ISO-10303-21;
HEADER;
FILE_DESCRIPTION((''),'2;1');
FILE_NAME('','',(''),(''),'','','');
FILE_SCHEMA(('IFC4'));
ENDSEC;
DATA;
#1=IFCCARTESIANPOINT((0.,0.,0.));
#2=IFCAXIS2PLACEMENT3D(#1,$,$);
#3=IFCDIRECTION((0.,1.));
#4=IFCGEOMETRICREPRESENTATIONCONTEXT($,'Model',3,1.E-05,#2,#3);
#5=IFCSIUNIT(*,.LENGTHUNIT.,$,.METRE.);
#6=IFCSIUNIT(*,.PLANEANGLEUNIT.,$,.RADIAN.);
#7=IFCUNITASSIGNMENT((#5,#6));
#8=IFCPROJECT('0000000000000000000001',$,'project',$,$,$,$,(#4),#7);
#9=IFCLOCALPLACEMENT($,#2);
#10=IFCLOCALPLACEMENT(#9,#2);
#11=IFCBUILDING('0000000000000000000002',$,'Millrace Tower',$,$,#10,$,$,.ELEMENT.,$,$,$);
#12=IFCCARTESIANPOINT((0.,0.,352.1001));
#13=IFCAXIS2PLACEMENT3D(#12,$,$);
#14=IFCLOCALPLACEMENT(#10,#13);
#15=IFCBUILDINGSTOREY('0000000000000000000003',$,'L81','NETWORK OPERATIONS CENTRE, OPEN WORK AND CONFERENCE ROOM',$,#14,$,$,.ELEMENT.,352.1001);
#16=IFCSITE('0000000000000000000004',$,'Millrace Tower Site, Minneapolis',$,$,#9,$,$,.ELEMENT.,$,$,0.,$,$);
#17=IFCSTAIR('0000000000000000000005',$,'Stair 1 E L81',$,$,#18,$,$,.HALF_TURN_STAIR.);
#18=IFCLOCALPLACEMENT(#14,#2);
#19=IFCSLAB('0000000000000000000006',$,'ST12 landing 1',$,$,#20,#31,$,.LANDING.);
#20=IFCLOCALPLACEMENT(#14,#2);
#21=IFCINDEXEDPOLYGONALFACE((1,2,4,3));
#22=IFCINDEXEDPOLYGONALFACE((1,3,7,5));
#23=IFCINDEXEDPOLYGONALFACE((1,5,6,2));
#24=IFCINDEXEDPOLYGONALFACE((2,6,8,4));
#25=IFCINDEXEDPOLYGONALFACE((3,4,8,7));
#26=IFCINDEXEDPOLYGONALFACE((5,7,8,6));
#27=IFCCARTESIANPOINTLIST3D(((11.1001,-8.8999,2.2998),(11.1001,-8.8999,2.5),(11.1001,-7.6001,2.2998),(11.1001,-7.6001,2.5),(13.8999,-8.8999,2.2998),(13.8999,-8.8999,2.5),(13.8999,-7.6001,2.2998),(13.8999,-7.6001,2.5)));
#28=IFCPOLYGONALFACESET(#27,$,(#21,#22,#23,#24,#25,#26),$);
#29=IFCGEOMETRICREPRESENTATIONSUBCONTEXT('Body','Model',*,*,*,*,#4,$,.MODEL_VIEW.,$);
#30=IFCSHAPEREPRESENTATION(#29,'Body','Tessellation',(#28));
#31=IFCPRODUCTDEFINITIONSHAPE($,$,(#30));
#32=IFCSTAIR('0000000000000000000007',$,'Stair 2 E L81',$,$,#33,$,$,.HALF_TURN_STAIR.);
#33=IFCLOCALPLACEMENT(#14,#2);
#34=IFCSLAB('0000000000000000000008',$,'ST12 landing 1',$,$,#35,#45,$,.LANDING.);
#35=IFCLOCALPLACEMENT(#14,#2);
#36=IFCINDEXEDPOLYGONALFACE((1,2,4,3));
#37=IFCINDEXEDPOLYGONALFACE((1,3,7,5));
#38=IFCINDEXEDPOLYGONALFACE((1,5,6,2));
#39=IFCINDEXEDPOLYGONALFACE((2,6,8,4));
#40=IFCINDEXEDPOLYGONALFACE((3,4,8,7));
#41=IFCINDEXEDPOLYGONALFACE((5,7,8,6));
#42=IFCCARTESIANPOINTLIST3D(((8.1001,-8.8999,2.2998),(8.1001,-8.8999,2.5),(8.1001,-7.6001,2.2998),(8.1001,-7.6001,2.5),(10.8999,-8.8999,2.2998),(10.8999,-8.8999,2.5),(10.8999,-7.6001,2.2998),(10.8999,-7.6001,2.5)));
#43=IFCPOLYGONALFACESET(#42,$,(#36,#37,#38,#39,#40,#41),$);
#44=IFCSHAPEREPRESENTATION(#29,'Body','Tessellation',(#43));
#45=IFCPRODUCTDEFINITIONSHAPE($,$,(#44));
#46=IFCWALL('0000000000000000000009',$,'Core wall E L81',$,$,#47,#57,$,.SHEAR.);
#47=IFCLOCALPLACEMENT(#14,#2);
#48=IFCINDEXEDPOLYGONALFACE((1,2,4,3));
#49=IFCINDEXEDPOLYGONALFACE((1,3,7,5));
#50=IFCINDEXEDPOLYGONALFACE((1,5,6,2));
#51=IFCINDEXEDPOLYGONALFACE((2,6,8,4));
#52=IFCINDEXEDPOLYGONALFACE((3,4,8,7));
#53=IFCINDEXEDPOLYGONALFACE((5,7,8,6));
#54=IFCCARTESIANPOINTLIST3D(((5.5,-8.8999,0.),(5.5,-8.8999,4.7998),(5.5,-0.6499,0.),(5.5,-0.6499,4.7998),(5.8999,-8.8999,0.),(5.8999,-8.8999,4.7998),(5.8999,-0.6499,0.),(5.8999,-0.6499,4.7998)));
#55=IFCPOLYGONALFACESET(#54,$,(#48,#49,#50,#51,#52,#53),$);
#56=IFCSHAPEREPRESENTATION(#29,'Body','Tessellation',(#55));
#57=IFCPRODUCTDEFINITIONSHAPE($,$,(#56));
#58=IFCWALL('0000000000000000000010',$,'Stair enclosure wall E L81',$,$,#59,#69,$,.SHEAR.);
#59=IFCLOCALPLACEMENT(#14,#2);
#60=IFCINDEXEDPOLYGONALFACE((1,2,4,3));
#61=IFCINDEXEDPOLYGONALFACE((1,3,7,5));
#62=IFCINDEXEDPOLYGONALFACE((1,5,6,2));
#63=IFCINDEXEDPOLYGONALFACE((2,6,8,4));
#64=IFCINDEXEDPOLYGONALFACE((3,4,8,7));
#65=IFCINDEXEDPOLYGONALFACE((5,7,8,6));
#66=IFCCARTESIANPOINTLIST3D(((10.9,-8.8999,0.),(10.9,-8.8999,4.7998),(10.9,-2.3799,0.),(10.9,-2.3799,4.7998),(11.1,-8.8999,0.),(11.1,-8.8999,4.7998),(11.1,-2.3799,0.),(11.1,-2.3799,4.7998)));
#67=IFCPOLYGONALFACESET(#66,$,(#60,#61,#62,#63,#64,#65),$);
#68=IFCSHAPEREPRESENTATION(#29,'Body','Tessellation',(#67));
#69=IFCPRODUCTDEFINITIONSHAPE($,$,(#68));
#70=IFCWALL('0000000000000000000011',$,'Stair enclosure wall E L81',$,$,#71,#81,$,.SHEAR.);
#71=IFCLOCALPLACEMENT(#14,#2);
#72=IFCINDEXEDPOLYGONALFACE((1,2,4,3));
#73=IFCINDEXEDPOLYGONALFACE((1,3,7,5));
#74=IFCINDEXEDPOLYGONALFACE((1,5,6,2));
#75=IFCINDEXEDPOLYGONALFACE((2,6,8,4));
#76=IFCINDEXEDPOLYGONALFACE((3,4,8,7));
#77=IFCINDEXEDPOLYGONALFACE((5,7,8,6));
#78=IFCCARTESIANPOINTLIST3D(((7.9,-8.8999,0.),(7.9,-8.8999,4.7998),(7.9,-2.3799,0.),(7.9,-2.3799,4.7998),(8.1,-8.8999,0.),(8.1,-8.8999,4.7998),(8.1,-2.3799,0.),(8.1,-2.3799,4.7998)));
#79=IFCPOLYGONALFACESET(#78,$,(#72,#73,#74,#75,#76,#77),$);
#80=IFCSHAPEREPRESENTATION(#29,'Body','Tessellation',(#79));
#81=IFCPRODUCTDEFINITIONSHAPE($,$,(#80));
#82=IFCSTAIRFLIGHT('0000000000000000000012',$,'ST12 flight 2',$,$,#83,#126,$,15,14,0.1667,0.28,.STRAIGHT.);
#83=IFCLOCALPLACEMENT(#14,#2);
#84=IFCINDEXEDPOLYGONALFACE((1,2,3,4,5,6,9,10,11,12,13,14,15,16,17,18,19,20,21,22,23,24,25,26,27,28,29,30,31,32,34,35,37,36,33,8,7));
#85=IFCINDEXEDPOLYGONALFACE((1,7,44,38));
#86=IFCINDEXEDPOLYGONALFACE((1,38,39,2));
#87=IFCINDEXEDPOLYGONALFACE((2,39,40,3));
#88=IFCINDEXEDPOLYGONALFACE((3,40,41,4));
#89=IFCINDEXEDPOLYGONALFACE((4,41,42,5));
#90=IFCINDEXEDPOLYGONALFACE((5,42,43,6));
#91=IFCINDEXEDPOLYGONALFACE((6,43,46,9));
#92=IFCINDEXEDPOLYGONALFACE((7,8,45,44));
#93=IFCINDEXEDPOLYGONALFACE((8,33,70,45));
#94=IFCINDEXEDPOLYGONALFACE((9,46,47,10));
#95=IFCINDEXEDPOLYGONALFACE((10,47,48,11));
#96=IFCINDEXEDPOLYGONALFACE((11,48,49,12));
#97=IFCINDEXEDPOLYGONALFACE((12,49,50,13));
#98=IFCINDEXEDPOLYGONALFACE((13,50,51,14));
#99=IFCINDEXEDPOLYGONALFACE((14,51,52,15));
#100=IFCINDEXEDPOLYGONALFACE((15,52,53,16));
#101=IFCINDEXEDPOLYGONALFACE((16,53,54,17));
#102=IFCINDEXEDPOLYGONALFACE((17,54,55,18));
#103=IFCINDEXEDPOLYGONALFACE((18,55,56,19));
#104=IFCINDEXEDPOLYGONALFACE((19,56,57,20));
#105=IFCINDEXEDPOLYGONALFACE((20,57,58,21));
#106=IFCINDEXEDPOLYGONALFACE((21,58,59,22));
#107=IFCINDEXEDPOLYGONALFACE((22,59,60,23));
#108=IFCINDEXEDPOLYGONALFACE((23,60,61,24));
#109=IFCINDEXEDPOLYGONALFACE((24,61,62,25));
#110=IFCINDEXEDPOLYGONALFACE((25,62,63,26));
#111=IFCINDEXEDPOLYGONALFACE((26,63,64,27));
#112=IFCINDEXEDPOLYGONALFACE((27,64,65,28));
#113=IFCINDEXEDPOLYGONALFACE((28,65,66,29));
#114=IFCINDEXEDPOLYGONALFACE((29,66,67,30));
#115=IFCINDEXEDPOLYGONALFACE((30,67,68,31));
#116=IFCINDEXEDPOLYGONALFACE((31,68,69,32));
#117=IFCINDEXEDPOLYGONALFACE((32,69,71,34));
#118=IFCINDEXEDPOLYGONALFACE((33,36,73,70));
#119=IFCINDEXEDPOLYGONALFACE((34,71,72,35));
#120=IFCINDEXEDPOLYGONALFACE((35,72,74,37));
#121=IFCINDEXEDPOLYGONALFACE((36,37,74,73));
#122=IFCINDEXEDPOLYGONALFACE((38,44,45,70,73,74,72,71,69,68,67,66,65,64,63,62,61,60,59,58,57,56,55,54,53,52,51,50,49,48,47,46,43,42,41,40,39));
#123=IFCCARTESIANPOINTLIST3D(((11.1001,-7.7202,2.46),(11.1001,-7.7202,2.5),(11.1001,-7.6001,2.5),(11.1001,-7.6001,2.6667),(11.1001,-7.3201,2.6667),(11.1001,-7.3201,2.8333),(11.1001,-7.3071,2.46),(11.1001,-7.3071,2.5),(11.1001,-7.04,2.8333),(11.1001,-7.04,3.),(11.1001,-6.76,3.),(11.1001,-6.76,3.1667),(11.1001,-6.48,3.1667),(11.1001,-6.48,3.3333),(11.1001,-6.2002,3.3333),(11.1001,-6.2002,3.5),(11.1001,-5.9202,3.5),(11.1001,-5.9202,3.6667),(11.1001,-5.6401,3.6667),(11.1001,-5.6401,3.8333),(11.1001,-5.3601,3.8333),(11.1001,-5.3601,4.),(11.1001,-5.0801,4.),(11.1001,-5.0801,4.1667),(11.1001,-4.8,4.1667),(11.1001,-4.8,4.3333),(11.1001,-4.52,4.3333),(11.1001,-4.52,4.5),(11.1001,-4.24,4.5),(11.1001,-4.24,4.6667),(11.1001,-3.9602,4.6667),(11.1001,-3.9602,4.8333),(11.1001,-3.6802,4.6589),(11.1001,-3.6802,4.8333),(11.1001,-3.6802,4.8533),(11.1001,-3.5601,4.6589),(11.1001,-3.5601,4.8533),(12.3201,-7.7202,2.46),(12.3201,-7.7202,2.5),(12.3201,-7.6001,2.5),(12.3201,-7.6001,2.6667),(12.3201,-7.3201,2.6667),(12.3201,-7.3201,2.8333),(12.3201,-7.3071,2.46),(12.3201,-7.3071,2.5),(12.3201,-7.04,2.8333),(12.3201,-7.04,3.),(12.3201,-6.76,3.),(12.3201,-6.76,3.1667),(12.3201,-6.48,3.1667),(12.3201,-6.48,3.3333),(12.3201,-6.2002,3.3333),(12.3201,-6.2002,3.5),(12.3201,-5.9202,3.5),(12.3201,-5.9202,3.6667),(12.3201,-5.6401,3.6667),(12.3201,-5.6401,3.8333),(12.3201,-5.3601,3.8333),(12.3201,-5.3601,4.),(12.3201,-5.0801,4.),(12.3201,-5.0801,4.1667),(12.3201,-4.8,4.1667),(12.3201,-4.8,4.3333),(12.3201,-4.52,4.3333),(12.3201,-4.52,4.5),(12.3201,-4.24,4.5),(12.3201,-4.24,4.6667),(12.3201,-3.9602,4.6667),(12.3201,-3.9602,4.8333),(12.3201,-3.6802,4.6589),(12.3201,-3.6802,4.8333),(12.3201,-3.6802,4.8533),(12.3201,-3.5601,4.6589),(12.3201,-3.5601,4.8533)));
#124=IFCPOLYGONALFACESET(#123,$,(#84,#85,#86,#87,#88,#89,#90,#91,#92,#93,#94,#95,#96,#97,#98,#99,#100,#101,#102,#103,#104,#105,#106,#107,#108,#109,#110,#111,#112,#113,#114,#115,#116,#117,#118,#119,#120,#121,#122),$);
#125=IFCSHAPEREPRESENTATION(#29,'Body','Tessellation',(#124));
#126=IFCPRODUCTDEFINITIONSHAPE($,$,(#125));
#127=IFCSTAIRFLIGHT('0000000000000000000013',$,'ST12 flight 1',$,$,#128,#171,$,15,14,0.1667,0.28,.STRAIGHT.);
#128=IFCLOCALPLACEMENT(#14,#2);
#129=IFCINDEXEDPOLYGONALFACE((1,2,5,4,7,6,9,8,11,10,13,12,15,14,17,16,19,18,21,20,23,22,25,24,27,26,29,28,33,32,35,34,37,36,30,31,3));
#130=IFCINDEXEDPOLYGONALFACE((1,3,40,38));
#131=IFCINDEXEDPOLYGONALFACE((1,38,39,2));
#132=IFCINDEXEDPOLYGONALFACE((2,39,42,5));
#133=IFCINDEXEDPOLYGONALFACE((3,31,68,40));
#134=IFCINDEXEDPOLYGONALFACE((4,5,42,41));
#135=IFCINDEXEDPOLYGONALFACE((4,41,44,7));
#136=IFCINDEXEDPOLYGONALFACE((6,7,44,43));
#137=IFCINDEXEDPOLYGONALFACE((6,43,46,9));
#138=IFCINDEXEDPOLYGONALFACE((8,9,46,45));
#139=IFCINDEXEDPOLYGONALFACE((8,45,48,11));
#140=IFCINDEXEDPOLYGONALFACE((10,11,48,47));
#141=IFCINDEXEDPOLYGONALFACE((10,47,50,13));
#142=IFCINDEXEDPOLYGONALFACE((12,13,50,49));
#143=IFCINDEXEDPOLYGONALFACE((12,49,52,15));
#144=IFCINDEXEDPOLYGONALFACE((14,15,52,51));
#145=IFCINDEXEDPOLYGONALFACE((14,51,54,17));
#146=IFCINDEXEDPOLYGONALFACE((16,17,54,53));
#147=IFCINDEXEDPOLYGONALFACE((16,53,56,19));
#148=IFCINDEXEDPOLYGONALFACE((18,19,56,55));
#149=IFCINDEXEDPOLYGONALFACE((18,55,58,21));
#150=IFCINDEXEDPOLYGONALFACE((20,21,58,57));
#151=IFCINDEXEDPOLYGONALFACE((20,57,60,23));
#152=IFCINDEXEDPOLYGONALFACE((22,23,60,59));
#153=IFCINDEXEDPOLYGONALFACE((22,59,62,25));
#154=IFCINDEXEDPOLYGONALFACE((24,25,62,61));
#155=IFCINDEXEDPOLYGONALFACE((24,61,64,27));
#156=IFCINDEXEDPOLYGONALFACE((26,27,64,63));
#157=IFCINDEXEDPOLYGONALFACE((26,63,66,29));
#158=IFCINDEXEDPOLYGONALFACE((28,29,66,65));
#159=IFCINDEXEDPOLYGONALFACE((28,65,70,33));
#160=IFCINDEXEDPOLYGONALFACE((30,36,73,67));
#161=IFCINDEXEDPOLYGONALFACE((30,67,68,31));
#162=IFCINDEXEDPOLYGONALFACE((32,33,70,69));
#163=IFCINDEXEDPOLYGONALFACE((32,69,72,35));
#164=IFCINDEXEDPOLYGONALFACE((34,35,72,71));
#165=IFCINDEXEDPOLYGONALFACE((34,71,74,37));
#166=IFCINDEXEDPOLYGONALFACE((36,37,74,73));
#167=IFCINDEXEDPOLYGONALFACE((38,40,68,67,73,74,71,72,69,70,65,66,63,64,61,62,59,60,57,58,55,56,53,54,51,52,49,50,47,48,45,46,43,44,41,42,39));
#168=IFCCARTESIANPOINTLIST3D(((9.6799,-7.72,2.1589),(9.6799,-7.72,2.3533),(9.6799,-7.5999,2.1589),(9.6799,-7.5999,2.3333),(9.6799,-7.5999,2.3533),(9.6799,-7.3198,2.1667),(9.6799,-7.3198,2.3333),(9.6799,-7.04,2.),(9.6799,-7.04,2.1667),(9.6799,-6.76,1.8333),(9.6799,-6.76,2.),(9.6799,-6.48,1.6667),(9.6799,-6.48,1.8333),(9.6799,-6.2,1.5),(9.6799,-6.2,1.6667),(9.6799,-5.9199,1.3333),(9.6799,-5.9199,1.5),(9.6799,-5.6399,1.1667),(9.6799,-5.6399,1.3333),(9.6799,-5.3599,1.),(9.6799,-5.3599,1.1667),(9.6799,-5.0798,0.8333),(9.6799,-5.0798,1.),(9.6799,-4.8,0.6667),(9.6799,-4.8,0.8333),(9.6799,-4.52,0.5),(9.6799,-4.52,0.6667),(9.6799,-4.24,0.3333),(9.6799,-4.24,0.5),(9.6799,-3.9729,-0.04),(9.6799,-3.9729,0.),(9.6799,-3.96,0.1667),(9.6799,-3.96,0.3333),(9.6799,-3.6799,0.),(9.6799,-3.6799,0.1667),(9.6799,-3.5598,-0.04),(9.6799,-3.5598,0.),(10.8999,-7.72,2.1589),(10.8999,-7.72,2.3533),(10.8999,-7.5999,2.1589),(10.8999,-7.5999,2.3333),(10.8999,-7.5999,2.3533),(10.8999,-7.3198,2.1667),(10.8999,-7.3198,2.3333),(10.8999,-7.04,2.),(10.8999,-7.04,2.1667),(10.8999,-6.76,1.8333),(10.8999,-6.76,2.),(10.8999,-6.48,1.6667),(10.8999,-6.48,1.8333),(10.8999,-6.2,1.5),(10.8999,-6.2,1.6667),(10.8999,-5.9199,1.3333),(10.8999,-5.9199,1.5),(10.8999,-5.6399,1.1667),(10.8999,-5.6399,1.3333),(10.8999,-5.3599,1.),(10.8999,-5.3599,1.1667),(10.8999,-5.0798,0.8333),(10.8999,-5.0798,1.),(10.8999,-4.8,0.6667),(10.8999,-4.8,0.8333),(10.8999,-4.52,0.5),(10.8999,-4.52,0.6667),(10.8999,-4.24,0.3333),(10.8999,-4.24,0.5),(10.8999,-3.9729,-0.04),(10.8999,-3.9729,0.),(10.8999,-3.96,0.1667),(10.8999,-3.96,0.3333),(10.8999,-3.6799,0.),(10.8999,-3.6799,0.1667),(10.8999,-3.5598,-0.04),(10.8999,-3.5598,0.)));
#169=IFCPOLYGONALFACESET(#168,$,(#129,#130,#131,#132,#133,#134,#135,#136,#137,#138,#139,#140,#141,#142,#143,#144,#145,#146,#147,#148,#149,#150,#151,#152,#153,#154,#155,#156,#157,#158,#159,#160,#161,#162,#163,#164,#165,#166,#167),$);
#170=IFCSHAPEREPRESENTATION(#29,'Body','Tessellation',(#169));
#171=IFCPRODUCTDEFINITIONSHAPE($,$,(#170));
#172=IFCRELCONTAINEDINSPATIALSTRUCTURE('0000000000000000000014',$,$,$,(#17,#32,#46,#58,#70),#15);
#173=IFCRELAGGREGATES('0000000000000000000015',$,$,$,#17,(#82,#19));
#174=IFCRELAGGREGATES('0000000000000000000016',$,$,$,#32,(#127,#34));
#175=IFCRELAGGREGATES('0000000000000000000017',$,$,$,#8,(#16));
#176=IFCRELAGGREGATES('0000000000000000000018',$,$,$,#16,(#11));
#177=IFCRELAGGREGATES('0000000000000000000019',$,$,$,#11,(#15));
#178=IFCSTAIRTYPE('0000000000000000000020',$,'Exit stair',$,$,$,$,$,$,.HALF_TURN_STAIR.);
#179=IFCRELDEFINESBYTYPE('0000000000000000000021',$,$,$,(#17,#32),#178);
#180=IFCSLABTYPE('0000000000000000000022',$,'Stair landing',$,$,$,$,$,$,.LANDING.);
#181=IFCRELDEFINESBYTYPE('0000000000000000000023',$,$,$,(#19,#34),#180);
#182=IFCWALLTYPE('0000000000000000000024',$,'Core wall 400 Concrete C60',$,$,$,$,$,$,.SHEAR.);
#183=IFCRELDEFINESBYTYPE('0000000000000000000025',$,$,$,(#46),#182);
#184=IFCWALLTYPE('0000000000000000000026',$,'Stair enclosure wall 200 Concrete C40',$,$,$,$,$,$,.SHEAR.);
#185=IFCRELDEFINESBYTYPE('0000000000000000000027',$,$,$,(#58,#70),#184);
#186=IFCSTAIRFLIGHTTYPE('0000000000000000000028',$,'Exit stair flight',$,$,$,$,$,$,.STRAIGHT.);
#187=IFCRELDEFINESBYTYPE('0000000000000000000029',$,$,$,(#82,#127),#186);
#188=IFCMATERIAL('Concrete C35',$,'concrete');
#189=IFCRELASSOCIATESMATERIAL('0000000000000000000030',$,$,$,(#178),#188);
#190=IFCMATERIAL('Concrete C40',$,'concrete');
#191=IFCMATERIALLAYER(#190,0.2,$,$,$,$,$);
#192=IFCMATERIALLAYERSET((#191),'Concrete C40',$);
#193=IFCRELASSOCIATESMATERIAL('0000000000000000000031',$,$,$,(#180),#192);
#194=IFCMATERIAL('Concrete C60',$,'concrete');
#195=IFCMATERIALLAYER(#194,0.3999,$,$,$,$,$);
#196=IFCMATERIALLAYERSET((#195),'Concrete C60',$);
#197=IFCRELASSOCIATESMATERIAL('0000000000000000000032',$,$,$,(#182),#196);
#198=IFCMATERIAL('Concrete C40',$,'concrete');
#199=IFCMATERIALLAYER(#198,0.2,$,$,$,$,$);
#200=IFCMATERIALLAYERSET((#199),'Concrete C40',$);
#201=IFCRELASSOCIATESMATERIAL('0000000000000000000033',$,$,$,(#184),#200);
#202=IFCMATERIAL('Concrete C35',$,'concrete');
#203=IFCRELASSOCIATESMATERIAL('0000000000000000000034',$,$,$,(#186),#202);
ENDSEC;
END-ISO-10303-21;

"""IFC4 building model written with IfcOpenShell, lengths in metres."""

from ifc_helpers import new_model, si_unit, direction, frame, frame_2d, origin, place, context, subcontext, project, spatial, polyline, rectangle, outline, extrude, material, layer, layer_set, type_object, element, aggregate, save


model = new_model("IFC4")

# Units and contexts
model_context = context("Model", 3, precision=1e-05, world=origin(), true_north=direction((0.0, 1.0)))
body_context = subcontext(model_context, "Body", "Model", "MODEL_VIEW")
ifc_project = project(units=[si_unit("LENGTHUNIT", "METRE"), si_unit("PLANEANGLEUNIT", "RADIAN")], contexts=[model_context])

# Site, building, storey
site_placement = place(None, origin())
site = spatial("IfcSite", under=ifc_project, at=site_placement, Name="Millrace Tower Site, Minneapolis", CompositionType="ELEMENT", RefElevation=0.0)
building_placement = place(site_placement, origin())
building = spatial("IfcBuilding", under=site, at=building_placement, Name="Millrace Tower", CompositionType="ELEMENT")
storey_placement = place(building_placement, frame((0.0, 0.0, 352.1001)))
storey = spatial("IfcBuildingStorey", under=building, at=storey_placement, Name="L81", Description="NETWORK OPERATIONS CENTRE, OPEN WORK AND CONFERENCE ROOM", CompositionType="ELEMENT", Elevation=352.1001)

# Shared definitions
placement_1 = place(storey_placement, origin())

# Stairs, slabs
ifc_material_1 = material(Name="Concrete C35", Category="concrete")
stair_type = type_object("IfcStairType", Name="Exit stair", PredefinedType="HALF_TURN_STAIR", material=ifc_material_1)
ifc_material_2 = material(Name="Concrete C40", Category="concrete")
ifc_layer_1 = layer(ifc_material_2, 0.2)
ifc_layer_set_1 = layer_set([ifc_layer_1], Name="Concrete C40")
slab_type_1 = type_object("IfcSlabType", Name="Stair landing", PredefinedType="LANDING", material=ifc_layer_set_1)
placement_2 = place(storey_placement, frame((0.0, 0.0, 2.2998)))
stair_1 = element("IfcStair", 1, at=placement_1, inside=storey, type_object=stair_type, Name="Stair 1 E L81", PredefinedType="HALF_TURN_STAIR")
slab_1 = element("IfcSlab", 2, at=placement_2, type_object=slab_type_1, Name="ST12 landing 1", PredefinedType="LANDING", context=body_context, shape_type="SweptSolid", body=[
    extrude(outline(polyline([(11.1001, -8.8999), (13.8999, -8.8999), (13.8999, -7.6001), (11.1001, -7.6001), (11.1001, -8.8999)])), origin(), (0.0, 0.0, 1.0), 0.2002),
])
stair_2 = element("IfcStair", 3, at=placement_1, inside=storey, type_object=stair_type, Name="Stair 2 E L81", PredefinedType="HALF_TURN_STAIR")
slab_2 = element("IfcSlab", 4, at=placement_2, type_object=slab_type_1, Name="ST12 landing 1", PredefinedType="LANDING", context=body_context, shape_type="SweptSolid", body=[
    extrude(outline(polyline([(8.1001, -8.8999), (10.8999, -8.8999), (10.8999, -7.6001), (8.1001, -7.6001), (8.1001, -8.8999)])), origin(), (0.0, 0.0, 1.0), 0.2002),
])

# Walls
ifc_material_3 = material(Name="Concrete C60", Category="concrete")
ifc_layer_2 = layer(ifc_material_3, 0.3999)
ifc_layer_set_2 = layer_set([ifc_layer_2], Name="Concrete C60")
wall_type_1 = type_object("IfcWallType", Name="Core wall 400 Concrete C60", PredefinedType="SHEAR", material=ifc_layer_set_2)
wall_placement = place(storey_placement, frame((5.7, -0.6499, 0.0), z_axis=(0.0, 0.0, 1.0), x_axis=(0.0, -1.0, 0.0)))
element("IfcWall", 5, at=wall_placement, inside=storey, type_object=wall_type_1, Name="Core wall E L81", PredefinedType="SHEAR", context=body_context, shape_type="SweptSolid", body=[
    extrude(rectangle(XDim=8.25, YDim=0.3999, at=frame_2d((4.125, 0.0))), origin(), (0.0, 0.0, 1.0), 4.7998),
])
ifc_material_4 = material(Name="Concrete C40", Category="concrete")
ifc_layer_3 = layer(ifc_material_4, 0.2)
ifc_layer_set_3 = layer_set([ifc_layer_3], Name="Concrete C40")
wall_type_2 = type_object("IfcWallType", Name="Stair enclosure wall 200 Concrete C40", PredefinedType="SHEAR", material=ifc_layer_set_3)
for number, where, z_axis, x_axis, name in (
    (6, (11.0, -2.3799, 0.0), (0.0, 0.0, 1.0), (0.0, -1.0, 0.0), "Stair enclosure wall E L81"),
    (7, (8.0, -2.3799, 0.0), (0.0, 0.0, 1.0), (0.0, -1.0, 0.0), "Stair enclosure wall E L81"),
):
    element("IfcWall", number, at=place(storey_placement, frame(where, z_axis=z_axis, x_axis=x_axis)), inside=storey, type_object=wall_type_2, Name=name, PredefinedType="SHEAR", context=body_context, shape_type="SweptSolid", body=[
        extrude(rectangle(XDim=6.52, YDim=0.2, at=frame_2d((3.26, 0.0))), origin(), (0.0, 0.0, 1.0), 4.7998),
    ])

# Stair flights
ifc_material_5 = material(Name="Concrete C35", Category="concrete")
stair_flight_type = type_object("IfcStairFlightType", Name="Exit stair flight", PredefinedType="STRAIGHT", material=ifc_material_5)
stair_flight_1_placement = place(storey_placement, frame((11.71, -7.6001, 2.5), z_axis=(0.0, 0.0, 1.0), x_axis=(0.0, 1.0, 0.0)))
stair_flight_1 = element("IfcStairFlight", 8, at=stair_flight_1_placement, type_object=stair_flight_type, Name="ST12 flight 2", NumberOfRisers=15, NumberOfTreads=14, PredefinedType="STRAIGHT", RiserHeight=0.1667, TreadLength=0.28, context=body_context, shape_type="SweptSolid", body=[
    extrude(outline(polyline([(-0.1201, -0.04), (-0.1201, 0.0), (0.0, 0.0), (0.0, 0.1667), (0.28, 0.1667), (0.28, 0.3333), (0.5601, 0.3333), (0.5601, 0.5), (0.8401, 0.5), (0.8401, 0.6667), (1.1201, 0.6667), (1.1201, 0.8333), (1.3999, 0.8333), (1.3999, 1.0), (1.6799, 1.0), (1.6799, 1.1667), (1.96, 1.1667), (1.96, 1.3333), (2.24, 1.3333), (2.24, 1.5), (2.52, 1.5), (2.52, 1.6667), (2.8, 1.6667), (2.8, 1.8333), (3.0801, 1.8333), (3.0801, 2.0), (3.3601, 2.0), (3.3601, 2.1667), (3.6399, 2.1667), (3.6399, 2.3333), (3.9199, 2.3333), (3.9199, 2.3533), (4.04, 2.3533), (4.04, 2.1589), (3.9199, 2.1589), (0.293, 0.0), (0.293, -0.04), (-0.1201, -0.04)])), frame((0.0, 0.6099, 0.0), z_axis=(0.0, -1.0, 0.0), x_axis=(1.0, 0.0, 0.0)), (0.0, 0.0, 1.0), 1.22),
])
aggregate(stair_1, [stair_flight_1, slab_1])
stair_flight_2_placement = place(storey_placement, frame((10.29, -3.6799, 0.0), z_axis=(0.0, 0.0, 1.0), x_axis=(0.0, -1.0, 0.0)))
stair_flight_2 = element("IfcStairFlight", 9, at=stair_flight_2_placement, type_object=stair_flight_type, Name="ST12 flight 1", NumberOfRisers=15, NumberOfTreads=14, PredefinedType="STRAIGHT", RiserHeight=0.1667, TreadLength=0.28, context=body_context, shape_type="SweptSolid", body=[
    extrude(outline(polyline([(-0.1201, -0.04), (-0.1201, 0.0), (0.0, 0.0), (0.0, 0.1667), (0.28, 0.1667), (0.28, 0.3333), (0.5601, 0.3333), (0.5601, 0.5), (0.8401, 0.5), (0.8401, 0.6667), (1.1201, 0.6667), (1.1201, 0.8333), (1.3999, 0.8333), (1.3999, 1.0), (1.6799, 1.0), (1.6799, 1.1667), (1.96, 1.1667), (1.96, 1.3333), (2.24, 1.3333), (2.24, 1.5), (2.52, 1.5), (2.52, 1.6667), (2.8, 1.6667), (2.8, 1.8333), (3.0801, 1.8333), (3.0801, 2.0), (3.3601, 2.0), (3.3601, 2.1667), (3.6399, 2.1667), (3.6399, 2.3333), (3.9199, 2.3333), (3.9199, 2.3533), (4.04, 2.3533), (4.04, 2.1589), (3.9199, 2.1589), (0.293, 0.0), (0.293, -0.04), (-0.1201, -0.04)])), frame((0.0, 0.6099, 0.0), z_axis=(0.0, -1.0, 0.0), x_axis=(1.0, 0.0, 0.0)), (0.0, 0.0, 1.0), 1.22),
])
aggregate(stair_2, [stair_flight_2, slab_2])

save(model, "model.ifc")
